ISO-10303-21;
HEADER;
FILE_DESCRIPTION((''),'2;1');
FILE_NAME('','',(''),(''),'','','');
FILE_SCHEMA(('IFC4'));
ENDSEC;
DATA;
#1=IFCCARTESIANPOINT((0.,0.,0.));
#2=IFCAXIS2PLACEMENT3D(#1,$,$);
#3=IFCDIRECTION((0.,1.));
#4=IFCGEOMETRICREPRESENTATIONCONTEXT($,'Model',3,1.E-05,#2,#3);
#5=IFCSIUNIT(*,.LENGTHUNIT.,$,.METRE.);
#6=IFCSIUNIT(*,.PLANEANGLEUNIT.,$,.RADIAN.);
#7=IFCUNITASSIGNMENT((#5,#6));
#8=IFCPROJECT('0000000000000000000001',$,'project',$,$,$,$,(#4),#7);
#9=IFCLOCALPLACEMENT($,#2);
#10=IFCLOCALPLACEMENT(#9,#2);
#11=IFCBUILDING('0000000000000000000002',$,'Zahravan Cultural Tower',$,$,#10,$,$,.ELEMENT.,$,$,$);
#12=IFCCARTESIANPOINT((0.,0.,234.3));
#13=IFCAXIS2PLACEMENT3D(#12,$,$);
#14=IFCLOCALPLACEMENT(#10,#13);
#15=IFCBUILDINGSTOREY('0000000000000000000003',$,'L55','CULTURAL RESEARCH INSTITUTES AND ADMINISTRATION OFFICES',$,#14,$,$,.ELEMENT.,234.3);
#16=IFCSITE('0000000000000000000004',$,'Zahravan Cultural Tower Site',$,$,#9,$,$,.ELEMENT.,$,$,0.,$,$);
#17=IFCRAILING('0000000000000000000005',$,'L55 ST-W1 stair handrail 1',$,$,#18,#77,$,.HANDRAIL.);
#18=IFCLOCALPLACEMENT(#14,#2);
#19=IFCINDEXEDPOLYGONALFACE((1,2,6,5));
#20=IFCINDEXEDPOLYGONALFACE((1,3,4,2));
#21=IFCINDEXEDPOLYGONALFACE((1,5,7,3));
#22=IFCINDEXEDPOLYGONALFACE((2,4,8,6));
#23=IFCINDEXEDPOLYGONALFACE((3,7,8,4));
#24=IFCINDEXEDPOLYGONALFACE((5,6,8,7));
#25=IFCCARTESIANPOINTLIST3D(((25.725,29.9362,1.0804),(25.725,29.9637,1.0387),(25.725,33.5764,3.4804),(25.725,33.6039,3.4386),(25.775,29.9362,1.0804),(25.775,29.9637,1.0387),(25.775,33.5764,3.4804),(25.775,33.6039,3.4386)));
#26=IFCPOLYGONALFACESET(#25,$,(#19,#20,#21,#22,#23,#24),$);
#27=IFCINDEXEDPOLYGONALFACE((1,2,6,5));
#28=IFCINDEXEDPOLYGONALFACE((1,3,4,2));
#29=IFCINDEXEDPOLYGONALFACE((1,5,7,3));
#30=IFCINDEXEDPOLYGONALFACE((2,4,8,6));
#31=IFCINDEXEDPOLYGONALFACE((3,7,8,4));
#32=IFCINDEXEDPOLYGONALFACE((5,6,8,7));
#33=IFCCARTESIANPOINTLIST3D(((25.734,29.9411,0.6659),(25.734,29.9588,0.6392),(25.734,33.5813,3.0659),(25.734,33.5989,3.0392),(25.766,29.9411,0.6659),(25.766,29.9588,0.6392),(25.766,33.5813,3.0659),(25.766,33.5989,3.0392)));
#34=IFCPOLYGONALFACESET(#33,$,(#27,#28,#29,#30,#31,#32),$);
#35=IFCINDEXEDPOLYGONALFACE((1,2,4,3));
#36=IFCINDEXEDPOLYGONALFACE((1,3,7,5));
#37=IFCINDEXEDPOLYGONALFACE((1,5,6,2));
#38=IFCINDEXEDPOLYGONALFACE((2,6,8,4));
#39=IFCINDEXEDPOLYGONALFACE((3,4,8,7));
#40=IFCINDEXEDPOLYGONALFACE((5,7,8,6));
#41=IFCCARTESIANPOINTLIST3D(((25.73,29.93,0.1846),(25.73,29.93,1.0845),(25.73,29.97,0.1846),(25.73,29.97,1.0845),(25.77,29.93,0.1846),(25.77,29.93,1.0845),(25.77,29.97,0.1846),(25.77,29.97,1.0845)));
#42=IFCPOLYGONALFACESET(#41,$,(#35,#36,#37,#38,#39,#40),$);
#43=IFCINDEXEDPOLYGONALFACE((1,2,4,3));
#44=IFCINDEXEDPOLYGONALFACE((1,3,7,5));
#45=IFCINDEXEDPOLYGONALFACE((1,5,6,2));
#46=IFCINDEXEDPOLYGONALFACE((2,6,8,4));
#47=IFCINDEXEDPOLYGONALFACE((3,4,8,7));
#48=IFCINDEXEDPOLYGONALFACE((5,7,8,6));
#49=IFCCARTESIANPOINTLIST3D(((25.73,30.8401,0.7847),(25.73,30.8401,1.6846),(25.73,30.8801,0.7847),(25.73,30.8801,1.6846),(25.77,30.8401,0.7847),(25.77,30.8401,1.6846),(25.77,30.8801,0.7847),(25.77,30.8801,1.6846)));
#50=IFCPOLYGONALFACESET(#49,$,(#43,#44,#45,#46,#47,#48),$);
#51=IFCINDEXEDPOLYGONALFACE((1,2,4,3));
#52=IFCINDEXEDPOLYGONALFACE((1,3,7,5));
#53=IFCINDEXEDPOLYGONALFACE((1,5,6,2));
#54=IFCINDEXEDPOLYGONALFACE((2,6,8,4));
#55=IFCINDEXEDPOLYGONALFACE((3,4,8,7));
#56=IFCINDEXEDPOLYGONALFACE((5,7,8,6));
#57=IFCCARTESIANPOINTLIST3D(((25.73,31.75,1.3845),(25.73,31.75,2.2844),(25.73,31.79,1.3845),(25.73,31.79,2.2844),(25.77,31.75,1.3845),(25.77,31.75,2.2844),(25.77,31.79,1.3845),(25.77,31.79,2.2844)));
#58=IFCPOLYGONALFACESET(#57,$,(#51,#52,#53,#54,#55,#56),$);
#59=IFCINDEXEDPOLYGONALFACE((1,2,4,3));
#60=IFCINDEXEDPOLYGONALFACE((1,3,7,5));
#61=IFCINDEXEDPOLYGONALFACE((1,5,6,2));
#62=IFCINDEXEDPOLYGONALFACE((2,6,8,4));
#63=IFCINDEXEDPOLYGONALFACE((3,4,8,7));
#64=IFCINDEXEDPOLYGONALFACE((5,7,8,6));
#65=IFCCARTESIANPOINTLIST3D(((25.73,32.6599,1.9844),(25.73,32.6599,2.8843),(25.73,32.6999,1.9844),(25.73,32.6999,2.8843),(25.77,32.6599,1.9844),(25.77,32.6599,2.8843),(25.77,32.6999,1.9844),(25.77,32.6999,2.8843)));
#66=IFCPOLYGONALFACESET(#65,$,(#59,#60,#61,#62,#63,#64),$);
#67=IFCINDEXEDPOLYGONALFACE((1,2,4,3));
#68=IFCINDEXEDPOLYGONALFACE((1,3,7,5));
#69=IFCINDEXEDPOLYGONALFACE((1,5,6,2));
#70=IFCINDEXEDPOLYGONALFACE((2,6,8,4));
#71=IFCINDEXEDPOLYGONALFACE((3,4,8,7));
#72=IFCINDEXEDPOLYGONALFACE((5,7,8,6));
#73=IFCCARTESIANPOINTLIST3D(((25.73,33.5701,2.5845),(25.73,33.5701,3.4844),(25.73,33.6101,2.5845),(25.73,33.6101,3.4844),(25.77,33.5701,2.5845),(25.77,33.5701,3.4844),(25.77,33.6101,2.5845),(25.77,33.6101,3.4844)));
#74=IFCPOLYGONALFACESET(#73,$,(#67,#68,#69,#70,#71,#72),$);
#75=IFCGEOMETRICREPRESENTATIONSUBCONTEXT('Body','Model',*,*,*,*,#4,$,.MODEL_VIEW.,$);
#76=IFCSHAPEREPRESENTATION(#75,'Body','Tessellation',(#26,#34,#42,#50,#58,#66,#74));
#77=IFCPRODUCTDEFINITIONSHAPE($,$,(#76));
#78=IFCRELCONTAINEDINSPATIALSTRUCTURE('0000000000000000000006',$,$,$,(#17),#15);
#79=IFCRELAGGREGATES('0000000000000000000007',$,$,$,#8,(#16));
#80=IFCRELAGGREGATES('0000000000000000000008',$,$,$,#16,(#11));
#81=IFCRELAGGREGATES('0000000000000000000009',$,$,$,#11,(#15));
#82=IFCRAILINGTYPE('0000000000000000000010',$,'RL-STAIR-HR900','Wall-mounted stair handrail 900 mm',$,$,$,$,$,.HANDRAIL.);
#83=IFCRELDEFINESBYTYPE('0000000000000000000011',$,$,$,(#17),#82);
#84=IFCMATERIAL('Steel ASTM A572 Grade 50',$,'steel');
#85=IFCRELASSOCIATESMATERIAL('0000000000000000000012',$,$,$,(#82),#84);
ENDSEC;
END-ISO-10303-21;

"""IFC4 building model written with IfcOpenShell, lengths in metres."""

from ifc_helpers import new_model, si_unit, direction, frame, origin, origin_2d, place, context, subcontext, project, spatial, rectangle, extrude, material, type_object, element, save


model = new_model("IFC4")

# Units and contexts
model_context = context("Model", 3, precision=1e-05, world=origin(), true_north=direction((0.0, 1.0)))
body_context = subcontext(model_context, "Body", "Model", "MODEL_VIEW")
ifc_project = project(units=[si_unit("LENGTHUNIT", "METRE"), si_unit("PLANEANGLEUNIT", "RADIAN")], contexts=[model_context])

# Site, building, storey
site_placement = place(None, origin())
site = spatial("IfcSite", under=ifc_project, at=site_placement, Name="Zahravan Cultural Tower Site", CompositionType="ELEMENT", RefElevation=0.0)
building_placement = place(site_placement, origin())
building = spatial("IfcBuilding", under=site, at=building_placement, Name="Zahravan Cultural Tower", CompositionType="ELEMENT")
storey_placement = place(building_placement, frame((0.0, 0.0, 234.3)))
storey = spatial("IfcBuildingStorey", under=building, at=storey_placement, Name="L55", Description="CULTURAL RESEARCH INSTITUTES AND ADMINISTRATION OFFICES", CompositionType="ELEMENT", Elevation=234.3)

# Shared definitions
ifc_material_1 = material(Name="Steel ASTM A572 Grade 50", Category="steel")

# Railing
railing_type = type_object("IfcRailingType", Name="RL-STAIR-HR900", Description="Wall-mounted stair handrail 900 mm", PredefinedType="HANDRAIL", material=ifc_material_1)
railing_placement = place(storey_placement, frame((25.75, 29.95, 0.1846)))
element("IfcRailing", 1, at=railing_placement, inside=storey, type_object=railing_type, Name="L55 ST-W1 stair handrail 1", PredefinedType="HANDRAIL", context=body_context, shape_type="SweptSolid", body=[
    extrude(rectangle(XDim=0.05, YDim=0.05, at=origin_2d()), frame((0.0, 0.0, 0.875), z_axis=(0.0, 0.834882, 0.550429), x_axis=(-1.0, 0.0, 0.0)), (0.0, 0.0, 1.0), 4.3601),
    extrude(rectangle(XDim=0.032, YDim=0.032, at=origin_2d()), frame((0.0, 0.0, 0.468), z_axis=(0.0, 0.834882, 0.550429), x_axis=(-1.0, 0.0, 0.0)), (0.0, 0.0, 1.0), 4.3601),
    extrude(rectangle(XDim=0.04, YDim=0.04, at=origin_2d()), origin(), (0.0, 0.0, 1.0), 0.8999),
    extrude(rectangle(XDim=0.04, YDim=0.04, at=origin_2d()), frame((0.0, 0.9102, 0.6001)), (0.0, 0.0, 1.0), 0.8999),
    extrude(rectangle(XDim=0.04, YDim=0.04, at=origin_2d()), frame((0.0, 1.8201, 1.2)), (0.0, 0.0, 1.0), 0.8999),
    extrude(rectangle(XDim=0.04, YDim=0.04, at=origin_2d()), frame((0.0, 2.73, 1.7998)), (0.0, 0.0, 1.0), 0.8999),
    extrude(rectangle(XDim=0.04, YDim=0.04, at=origin_2d()), frame((0.0, 3.6401, 2.3999)), (0.0, 0.0, 1.0), 0.8999),
])

save(model, "model.ifc")
